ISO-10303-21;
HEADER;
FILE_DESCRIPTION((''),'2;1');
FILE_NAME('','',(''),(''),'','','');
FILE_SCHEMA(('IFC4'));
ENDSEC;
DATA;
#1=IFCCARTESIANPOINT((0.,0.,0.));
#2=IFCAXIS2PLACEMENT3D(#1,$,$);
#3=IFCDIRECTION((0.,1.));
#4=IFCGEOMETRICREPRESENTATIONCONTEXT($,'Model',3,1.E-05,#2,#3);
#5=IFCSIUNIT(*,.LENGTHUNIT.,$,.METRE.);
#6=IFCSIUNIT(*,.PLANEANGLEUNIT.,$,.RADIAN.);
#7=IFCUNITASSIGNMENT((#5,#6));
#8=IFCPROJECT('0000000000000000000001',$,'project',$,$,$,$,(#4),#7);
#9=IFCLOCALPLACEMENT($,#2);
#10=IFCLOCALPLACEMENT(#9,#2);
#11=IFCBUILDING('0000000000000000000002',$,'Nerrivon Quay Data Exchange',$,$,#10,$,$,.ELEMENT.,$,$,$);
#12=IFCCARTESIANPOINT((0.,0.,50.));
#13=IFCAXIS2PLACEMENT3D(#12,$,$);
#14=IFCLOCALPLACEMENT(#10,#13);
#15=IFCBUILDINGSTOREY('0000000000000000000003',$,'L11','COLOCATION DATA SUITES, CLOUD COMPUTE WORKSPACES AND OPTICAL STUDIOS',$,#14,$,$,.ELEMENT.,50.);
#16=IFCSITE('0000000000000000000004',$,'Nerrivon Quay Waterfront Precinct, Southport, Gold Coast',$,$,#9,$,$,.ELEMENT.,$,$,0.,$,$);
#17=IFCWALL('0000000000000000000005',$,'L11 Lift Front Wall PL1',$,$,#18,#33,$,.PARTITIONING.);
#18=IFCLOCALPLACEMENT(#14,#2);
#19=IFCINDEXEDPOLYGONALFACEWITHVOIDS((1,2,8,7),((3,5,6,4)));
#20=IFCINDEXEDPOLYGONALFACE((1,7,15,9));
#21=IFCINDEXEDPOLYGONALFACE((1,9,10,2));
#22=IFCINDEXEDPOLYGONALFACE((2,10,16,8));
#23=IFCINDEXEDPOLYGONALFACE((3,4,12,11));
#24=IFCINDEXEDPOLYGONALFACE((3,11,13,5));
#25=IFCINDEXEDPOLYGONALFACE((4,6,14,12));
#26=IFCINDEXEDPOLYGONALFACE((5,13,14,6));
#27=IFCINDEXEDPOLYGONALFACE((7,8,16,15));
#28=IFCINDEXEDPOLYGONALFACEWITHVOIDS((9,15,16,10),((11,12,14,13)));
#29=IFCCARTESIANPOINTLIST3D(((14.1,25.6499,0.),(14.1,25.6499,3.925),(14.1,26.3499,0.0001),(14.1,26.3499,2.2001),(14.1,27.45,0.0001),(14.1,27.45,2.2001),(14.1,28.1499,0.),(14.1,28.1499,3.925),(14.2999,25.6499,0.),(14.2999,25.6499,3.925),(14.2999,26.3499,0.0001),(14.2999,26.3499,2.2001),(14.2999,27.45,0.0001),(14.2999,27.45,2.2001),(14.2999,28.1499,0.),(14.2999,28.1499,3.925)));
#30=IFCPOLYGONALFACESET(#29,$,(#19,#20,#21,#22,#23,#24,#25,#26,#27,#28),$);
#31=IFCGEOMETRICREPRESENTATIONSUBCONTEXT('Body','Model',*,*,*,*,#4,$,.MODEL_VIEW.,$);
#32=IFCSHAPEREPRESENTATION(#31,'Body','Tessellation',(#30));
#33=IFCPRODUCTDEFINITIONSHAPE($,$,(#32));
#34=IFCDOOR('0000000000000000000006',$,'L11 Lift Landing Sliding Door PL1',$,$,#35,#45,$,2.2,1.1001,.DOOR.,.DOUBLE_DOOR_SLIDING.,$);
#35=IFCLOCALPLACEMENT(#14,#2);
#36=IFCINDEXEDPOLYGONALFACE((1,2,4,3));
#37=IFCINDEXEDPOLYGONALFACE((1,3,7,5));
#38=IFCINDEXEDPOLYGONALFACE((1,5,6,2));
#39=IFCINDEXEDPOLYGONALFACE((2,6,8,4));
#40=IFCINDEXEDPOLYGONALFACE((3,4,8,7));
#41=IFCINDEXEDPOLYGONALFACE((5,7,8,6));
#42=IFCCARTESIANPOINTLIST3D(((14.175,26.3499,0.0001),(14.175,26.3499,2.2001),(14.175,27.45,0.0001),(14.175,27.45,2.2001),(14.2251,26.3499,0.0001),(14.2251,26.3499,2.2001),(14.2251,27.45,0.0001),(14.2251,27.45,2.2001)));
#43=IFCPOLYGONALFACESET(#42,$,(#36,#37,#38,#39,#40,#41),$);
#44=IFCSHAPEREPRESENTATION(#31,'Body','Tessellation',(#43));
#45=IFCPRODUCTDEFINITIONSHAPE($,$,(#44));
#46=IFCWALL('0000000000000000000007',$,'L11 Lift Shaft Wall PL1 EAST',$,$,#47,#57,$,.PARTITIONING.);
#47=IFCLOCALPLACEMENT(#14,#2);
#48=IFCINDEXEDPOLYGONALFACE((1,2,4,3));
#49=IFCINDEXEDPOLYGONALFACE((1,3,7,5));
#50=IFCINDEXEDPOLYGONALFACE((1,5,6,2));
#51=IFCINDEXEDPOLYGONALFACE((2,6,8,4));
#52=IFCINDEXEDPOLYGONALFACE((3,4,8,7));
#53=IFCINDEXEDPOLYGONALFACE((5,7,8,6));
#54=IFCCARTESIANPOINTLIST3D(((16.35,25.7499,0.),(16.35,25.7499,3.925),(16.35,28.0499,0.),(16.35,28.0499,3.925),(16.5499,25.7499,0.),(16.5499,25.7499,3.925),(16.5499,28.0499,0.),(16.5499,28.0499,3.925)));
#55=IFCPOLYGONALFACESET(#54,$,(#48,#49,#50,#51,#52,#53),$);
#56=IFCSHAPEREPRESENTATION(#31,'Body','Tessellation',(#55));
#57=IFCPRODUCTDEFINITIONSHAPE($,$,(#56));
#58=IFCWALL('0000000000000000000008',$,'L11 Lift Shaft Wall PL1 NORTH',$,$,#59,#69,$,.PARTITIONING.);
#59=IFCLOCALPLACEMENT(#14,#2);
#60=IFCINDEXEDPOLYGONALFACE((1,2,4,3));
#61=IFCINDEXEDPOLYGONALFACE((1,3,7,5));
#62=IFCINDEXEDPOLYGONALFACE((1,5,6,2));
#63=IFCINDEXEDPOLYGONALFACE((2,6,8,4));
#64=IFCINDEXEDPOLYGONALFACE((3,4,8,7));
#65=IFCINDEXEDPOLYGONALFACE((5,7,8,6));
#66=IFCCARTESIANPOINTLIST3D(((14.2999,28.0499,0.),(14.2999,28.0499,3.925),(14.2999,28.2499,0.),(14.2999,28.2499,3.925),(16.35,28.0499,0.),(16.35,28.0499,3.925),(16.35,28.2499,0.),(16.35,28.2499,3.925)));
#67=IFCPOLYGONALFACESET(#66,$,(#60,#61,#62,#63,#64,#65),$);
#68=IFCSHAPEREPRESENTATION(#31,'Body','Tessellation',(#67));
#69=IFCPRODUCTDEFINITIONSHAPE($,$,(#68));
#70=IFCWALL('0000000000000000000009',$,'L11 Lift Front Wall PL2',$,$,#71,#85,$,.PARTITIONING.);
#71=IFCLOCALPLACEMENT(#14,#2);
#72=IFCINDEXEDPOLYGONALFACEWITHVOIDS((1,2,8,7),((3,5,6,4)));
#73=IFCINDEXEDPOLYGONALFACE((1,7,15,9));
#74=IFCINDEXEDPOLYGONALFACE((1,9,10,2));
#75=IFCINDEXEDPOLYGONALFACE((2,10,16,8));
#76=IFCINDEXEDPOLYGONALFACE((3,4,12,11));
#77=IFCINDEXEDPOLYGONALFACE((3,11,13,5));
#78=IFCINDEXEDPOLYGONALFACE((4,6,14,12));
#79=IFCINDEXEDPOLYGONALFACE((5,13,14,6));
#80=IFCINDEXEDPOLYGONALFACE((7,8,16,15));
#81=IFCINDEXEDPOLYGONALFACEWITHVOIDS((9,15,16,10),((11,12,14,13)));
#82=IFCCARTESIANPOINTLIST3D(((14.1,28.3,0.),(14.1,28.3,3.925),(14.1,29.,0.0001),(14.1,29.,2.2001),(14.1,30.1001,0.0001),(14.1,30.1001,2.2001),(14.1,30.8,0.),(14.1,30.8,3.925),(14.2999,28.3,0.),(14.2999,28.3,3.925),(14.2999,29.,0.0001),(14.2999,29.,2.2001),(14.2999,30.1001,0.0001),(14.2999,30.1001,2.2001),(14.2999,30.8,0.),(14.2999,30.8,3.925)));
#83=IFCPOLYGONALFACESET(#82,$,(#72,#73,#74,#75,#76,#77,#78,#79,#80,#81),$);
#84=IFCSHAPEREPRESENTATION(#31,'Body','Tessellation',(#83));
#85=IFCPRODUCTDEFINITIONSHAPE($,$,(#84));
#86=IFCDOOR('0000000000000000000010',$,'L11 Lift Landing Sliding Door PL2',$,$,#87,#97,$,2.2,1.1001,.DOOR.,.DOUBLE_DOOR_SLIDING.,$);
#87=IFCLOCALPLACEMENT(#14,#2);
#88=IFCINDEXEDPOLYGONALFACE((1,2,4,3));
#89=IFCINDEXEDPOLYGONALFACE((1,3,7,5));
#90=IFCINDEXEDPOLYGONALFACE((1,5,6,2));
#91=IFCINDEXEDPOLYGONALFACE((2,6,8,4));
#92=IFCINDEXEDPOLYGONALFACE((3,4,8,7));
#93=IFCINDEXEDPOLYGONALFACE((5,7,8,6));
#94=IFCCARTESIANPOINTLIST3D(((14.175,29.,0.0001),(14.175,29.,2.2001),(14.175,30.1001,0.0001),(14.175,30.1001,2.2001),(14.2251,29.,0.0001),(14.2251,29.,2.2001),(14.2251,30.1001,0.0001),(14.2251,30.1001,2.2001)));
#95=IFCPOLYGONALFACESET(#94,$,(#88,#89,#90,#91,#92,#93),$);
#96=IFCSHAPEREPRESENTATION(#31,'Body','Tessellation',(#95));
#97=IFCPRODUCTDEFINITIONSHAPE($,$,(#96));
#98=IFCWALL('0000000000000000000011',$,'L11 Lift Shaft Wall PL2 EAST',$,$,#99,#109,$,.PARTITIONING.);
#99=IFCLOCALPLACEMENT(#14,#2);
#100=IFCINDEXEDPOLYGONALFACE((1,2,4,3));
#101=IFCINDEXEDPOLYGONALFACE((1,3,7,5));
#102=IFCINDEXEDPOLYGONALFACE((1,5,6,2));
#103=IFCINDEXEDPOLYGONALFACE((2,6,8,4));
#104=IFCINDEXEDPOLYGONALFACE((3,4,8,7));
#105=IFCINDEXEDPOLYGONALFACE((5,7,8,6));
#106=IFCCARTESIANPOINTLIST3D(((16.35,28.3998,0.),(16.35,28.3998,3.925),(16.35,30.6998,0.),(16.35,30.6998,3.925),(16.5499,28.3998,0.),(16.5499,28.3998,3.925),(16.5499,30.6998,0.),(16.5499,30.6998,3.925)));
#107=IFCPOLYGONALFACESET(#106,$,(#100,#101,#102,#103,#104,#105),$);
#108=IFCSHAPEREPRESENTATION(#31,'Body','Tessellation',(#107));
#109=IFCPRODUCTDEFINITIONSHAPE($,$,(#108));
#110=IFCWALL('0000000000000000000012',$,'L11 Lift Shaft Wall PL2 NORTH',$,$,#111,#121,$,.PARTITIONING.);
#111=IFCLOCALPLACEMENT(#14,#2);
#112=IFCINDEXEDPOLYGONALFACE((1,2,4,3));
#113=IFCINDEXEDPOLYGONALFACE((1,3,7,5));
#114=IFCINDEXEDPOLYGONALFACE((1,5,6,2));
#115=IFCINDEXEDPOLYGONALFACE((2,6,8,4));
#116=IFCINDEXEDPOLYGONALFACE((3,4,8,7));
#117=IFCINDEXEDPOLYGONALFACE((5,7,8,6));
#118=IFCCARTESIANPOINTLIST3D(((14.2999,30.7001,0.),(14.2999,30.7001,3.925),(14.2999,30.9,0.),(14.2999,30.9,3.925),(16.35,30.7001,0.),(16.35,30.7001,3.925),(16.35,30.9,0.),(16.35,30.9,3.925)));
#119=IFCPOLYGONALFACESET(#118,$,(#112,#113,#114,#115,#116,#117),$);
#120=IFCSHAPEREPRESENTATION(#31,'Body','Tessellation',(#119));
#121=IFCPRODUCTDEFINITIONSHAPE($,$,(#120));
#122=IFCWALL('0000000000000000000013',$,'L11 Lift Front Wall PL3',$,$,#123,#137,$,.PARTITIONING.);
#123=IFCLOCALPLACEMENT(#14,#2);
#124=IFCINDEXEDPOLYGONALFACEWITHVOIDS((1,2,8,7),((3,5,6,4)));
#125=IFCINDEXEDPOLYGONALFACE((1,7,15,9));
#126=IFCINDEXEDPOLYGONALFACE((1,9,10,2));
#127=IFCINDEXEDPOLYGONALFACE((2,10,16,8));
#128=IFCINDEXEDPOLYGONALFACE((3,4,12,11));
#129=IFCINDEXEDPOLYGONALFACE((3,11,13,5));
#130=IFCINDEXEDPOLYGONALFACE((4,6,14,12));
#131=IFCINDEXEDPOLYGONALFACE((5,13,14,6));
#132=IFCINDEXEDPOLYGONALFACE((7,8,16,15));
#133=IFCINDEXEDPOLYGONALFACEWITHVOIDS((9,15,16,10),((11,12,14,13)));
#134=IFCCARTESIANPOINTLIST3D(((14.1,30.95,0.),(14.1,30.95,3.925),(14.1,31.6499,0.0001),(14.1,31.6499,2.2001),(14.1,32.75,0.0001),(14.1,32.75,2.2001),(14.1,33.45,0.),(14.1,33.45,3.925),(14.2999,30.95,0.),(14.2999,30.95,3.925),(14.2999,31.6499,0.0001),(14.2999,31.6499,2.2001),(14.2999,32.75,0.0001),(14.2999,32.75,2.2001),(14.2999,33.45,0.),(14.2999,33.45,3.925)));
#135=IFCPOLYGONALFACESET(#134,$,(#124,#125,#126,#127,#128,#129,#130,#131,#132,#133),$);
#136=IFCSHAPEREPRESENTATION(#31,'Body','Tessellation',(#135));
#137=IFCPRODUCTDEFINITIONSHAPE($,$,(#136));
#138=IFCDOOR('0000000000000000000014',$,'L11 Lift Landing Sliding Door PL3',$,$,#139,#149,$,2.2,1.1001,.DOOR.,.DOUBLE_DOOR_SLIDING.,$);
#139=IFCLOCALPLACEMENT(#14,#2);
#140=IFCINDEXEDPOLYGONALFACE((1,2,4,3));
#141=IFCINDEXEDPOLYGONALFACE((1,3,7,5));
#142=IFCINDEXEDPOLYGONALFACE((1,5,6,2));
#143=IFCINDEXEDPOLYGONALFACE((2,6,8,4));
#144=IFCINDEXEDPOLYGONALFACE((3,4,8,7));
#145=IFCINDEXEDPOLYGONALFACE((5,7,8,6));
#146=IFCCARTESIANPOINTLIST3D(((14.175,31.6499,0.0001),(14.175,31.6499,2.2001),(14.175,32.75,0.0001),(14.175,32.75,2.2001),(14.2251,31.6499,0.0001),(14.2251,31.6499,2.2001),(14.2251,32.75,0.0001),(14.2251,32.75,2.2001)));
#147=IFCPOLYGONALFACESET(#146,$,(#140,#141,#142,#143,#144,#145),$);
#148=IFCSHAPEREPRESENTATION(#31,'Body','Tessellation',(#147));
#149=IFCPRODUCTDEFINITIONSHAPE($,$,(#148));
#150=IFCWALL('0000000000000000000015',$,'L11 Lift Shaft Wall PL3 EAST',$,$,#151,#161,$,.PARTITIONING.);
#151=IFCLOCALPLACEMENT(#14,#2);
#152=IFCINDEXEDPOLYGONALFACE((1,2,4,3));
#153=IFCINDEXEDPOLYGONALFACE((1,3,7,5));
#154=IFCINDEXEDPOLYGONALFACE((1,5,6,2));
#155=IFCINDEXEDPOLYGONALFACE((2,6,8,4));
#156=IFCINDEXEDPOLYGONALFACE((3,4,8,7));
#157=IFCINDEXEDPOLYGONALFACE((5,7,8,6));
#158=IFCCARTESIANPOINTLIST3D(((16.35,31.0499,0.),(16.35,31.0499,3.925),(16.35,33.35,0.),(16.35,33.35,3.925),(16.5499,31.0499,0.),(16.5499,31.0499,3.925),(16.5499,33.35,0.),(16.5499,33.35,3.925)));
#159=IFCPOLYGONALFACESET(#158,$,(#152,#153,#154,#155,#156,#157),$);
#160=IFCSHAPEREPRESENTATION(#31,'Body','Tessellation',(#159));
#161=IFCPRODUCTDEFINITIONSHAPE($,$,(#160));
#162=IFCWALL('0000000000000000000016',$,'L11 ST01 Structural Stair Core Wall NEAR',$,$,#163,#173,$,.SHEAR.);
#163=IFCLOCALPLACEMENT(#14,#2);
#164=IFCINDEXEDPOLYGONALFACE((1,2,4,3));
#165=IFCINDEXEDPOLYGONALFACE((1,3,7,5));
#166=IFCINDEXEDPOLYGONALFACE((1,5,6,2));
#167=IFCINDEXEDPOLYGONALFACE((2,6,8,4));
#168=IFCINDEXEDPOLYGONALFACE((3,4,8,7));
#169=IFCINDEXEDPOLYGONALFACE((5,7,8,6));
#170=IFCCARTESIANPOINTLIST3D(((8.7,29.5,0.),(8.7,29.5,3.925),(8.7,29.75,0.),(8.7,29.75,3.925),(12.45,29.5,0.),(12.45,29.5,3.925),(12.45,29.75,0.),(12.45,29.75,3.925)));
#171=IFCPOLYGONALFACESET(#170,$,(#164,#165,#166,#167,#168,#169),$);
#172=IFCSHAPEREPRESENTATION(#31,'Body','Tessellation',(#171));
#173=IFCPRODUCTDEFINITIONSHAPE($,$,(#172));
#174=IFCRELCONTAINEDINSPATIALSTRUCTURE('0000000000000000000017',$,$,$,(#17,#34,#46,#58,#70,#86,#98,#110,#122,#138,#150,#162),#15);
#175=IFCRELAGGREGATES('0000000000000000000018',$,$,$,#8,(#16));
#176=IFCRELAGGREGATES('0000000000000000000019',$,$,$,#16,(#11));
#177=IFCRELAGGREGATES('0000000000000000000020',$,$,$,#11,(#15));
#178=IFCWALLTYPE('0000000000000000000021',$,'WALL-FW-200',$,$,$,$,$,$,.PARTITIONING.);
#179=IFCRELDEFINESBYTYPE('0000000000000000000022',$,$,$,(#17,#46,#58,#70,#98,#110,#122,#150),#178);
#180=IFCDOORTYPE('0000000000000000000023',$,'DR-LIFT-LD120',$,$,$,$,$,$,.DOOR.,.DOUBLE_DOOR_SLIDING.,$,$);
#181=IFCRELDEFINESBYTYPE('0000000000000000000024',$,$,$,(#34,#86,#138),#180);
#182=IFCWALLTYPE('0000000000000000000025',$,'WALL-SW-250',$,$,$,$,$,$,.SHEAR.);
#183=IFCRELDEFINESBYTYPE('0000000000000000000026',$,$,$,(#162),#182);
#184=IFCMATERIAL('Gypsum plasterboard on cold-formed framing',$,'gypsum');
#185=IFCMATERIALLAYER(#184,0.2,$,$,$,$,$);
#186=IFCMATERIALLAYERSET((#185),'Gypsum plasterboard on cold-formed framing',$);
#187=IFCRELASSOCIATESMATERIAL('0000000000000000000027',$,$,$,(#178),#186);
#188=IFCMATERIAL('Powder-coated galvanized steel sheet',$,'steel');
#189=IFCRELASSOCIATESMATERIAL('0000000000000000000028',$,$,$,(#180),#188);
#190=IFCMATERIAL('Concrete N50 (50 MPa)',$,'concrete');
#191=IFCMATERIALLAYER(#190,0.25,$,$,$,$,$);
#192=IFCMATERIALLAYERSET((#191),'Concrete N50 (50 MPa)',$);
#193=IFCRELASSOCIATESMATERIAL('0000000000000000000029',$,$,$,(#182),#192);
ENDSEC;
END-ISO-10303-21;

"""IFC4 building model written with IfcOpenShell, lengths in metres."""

from ifc_helpers import new_model, si_unit, direction, frame, frame_2d, origin, place, context, subcontext, project, spatial, rectangle, extrude, material, layer, layer_set, type_object, element, fill, save


model = new_model("IFC4")

# Units and contexts
model_context = context("Model", 3, precision=1e-05, world=origin(), true_north=direction((0.0, 1.0)))
body_context = subcontext(model_context, "Body", "Model", "MODEL_VIEW")
ifc_project = project(units=[si_unit("LENGTHUNIT", "METRE"), si_unit("PLANEANGLEUNIT", "RADIAN")], contexts=[model_context])

# Site, building, storey
site_placement = place(None, origin())
site = spatial("IfcSite", under=ifc_project, at=site_placement, Name="Nerrivon Quay Waterfront Precinct, Southport, Gold Coast", CompositionType="ELEMENT", RefElevation=0.0)
building_placement = place(site_placement, origin())
building = spatial("IfcBuilding", under=site, at=building_placement, Name="Nerrivon Quay Data Exchange", CompositionType="ELEMENT")
storey_placement = place(building_placement, frame((0.0, 0.0, 50.0)))
storey = spatial("IfcBuildingStorey", under=building, at=storey_placement, Name="L11", Description="COLOCATION DATA SUITES, CLOUD COMPUTE WORKSPACES AND OPTICAL STUDIOS", CompositionType="ELEMENT", Elevation=50.0)

# Shared definitions
ifc_material_1 = material(Name="Powder-coated galvanized steel sheet", Category="steel")
ifc_material_2 = material(Name="Gypsum plasterboard on cold-formed framing", Category="gypsum")
ifc_layer_1 = layer(ifc_material_2, 0.2)
ifc_layer_set_1 = layer_set([ifc_layer_1], Name="Gypsum plasterboard on cold-formed framing")
wall_type_1 = type_object("IfcWallType", Name="WALL-FW-200", PredefinedType="PARTITIONING", material=ifc_layer_set_1)
door_type_1 = type_object("IfcDoorType", Name="DR-LIFT-LD120", OperationType="DOUBLE_DOOR_SLIDING", PredefinedType="DOOR", material=ifc_material_1)

# Wall, opening, door
wall_1_placement = place(storey_placement, frame((14.2, 25.6499, 0.0), z_axis=(0.0, 0.0, 1.0), x_axis=(0.0, 1.0, 0.0)))
wall_1 = element("IfcWall", 1, at=wall_1_placement, inside=storey, type_object=wall_type_1, Name="L11 Lift Front Wall PL1", PredefinedType="PARTITIONING", context=body_context, shape_type="SweptSolid", body=[
    extrude(rectangle(XDim=2.5, YDim=0.2, at=frame_2d((1.25, 0.0))), origin(), (0.0, 0.0, 1.0), 3.925),
])
opening_1_placement = place(wall_1_placement, frame((0.7, 0.0, 0.0)))
opening_1 = element("IfcOpeningElement", 2, at=opening_1_placement, cuts=wall_1, PredefinedType="OPENING", context=body_context, shape_type="SweptSolid", body=[
    extrude(rectangle(XDim=1.1001, YDim=2.2, at=frame_2d((0.55, 1.1001))), frame((0.0, 0.1099, 0.0), z_axis=(0.0, -1.0, 0.0), x_axis=(1.0, 0.0, 0.0)), (0.0, 0.0, 1.0), 0.22),
])
door_1_placement = place(opening_1_placement, origin())
door_1 = element("IfcDoor", 3, at=door_1_placement, inside=storey, type_object=door_type_1, Name="L11 Lift Landing Sliding Door PL1", OperationType="DOUBLE_DOOR_SLIDING", OverallHeight=2.2, OverallWidth=1.1001, PredefinedType="DOOR", context=body_context, shape_type="SweptSolid", body=[
    extrude(rectangle(XDim=1.1001, YDim=2.2, at=frame_2d((0.55, 1.1001))), frame((0.0, 0.0249, 0.0), z_axis=(0.0, -1.0, 0.0), x_axis=(1.0, 0.0, 0.0)), (0.0, 0.0, 1.0), 0.05),
])
fill(opening_1, door_1)

# Walls
wall_2_placement = place(storey_placement, frame((16.45, 25.75, 0.0), z_axis=(0.0, 0.0, 1.0), x_axis=(0.0, 1.0, 0.0)))
element("IfcWall", 4, at=wall_2_placement, inside=storey, type_object=wall_type_1, Name="L11 Lift Shaft Wall PL1 EAST", PredefinedType="PARTITIONING", context=body_context, shape_type="SweptSolid", body=[
    extrude(rectangle(XDim=2.3, YDim=0.2, at=frame_2d((1.1499, 0.0))), origin(), (0.0, 0.0, 1.0), 3.925),
])
wall_3_placement = place(storey_placement, frame((14.3, 28.1499, 0.0), z_axis=(0.0, 0.0, 1.0), x_axis=(1.0, 0.0, 0.0)))
element("IfcWall", 5, at=wall_3_placement, inside=storey, type_object=wall_type_1, Name="L11 Lift Shaft Wall PL1 NORTH", PredefinedType="PARTITIONING", context=body_context, shape_type="SweptSolid", body=[
    extrude(rectangle(XDim=2.05, YDim=0.2, at=frame_2d((1.0249, 0.0))), origin(), (0.0, 0.0, 1.0), 3.925),
])

# Wall, opening, door
wall_4_placement = place(storey_placement, frame((14.2, 28.3, 0.0), z_axis=(0.0, 0.0, 1.0), x_axis=(0.0, 1.0, 0.0)))
wall_4 = element("IfcWall", 6, at=wall_4_placement, inside=storey, type_object=wall_type_1, Name="L11 Lift Front Wall PL2", PredefinedType="PARTITIONING", context=body_context, shape_type="SweptSolid", body=[
    extrude(rectangle(XDim=2.5, YDim=0.2, at=frame_2d((1.25, 0.0))), origin(), (0.0, 0.0, 1.0), 3.925),
])
opening_2_placement = place(wall_4_placement, frame((0.7, 0.0, 0.0)))
opening_2 = element("IfcOpeningElement", 7, at=opening_2_placement, cuts=wall_4, PredefinedType="OPENING", context=body_context, shape_type="SweptSolid", body=[
    extrude(rectangle(XDim=1.1001, YDim=2.2, at=frame_2d((0.55, 1.1001))), frame((0.0, 0.1099, 0.0), z_axis=(0.0, -1.0, 0.0), x_axis=(1.0, 0.0, 0.0)), (0.0, 0.0, 1.0), 0.22),
])
door_2_placement = place(opening_2_placement, origin())
door_2 = element("IfcDoor", 8, at=door_2_placement, inside=storey, type_object=door_type_1, Name="L11 Lift Landing Sliding Door PL2", OperationType="DOUBLE_DOOR_SLIDING", OverallHeight=2.2, OverallWidth=1.1001, PredefinedType="DOOR", context=body_context, shape_type="SweptSolid", body=[
    extrude(rectangle(XDim=1.1001, YDim=2.2, at=frame_2d((0.55, 1.1001))), frame((0.0, 0.0249, 0.0), z_axis=(0.0, -1.0, 0.0), x_axis=(1.0, 0.0, 0.0)), (0.0, 0.0, 1.0), 0.05),
])
fill(opening_2, door_2)

# Walls
wall_5_placement = place(storey_placement, frame((16.45, 28.3999, 0.0), z_axis=(0.0, 0.0, 1.0), x_axis=(0.0, 1.0, 0.0)))
element("IfcWall", 9, at=wall_5_placement, inside=storey, type_object=wall_type_1, Name="L11 Lift Shaft Wall PL2 EAST", PredefinedType="PARTITIONING", context=body_context, shape_type="SweptSolid", body=[
    extrude(rectangle(XDim=2.3, YDim=0.2, at=frame_2d((1.1499, 0.0))), origin(), (0.0, 0.0, 1.0), 3.925),
])
wall_6_placement = place(storey_placement, frame((14.3, 30.8, 0.0), z_axis=(0.0, 0.0, 1.0), x_axis=(1.0, 0.0, 0.0)))
element("IfcWall", 10, at=wall_6_placement, inside=storey, type_object=wall_type_1, Name="L11 Lift Shaft Wall PL2 NORTH", PredefinedType="PARTITIONING", context=body_context, shape_type="SweptSolid", body=[
    extrude(rectangle(XDim=2.05, YDim=0.2, at=frame_2d((1.0249, 0.0))), origin(), (0.0, 0.0, 1.0), 3.925),
])

# Wall, opening, door
wall_7_placement = place(storey_placement, frame((14.2, 30.95, 0.0), z_axis=(0.0, 0.0, 1.0), x_axis=(0.0, 1.0, 0.0)))
wall_7 = element("IfcWall", 11, at=wall_7_placement, inside=storey, type_object=wall_type_1, Name="L11 Lift Front Wall PL3", PredefinedType="PARTITIONING", context=body_context, shape_type="SweptSolid", body=[
    extrude(rectangle(XDim=2.5, YDim=0.2, at=frame_2d((1.25, 0.0))), origin(), (0.0, 0.0, 1.0), 3.925),
])
opening_3_placement = place(wall_7_placement, frame((0.7, 0.0, 0.0)))
opening_3 = element("IfcOpeningElement", 12, at=opening_3_placement, cuts=wall_7, PredefinedType="OPENING", context=body_context, shape_type="SweptSolid", body=[
    extrude(rectangle(XDim=1.1001, YDim=2.2, at=frame_2d((0.55, 1.1001))), frame((0.0, 0.1099, 0.0), z_axis=(0.0, -1.0, 0.0), x_axis=(1.0, 0.0, 0.0)), (0.0, 0.0, 1.0), 0.22),
])
door_3_placement = place(opening_3_placement, origin())
door_3 = element("IfcDoor", 13, at=door_3_placement, inside=storey, type_object=door_type_1, Name="L11 Lift Landing Sliding Door PL3", OperationType="DOUBLE_DOOR_SLIDING", OverallHeight=2.2, OverallWidth=1.1001, PredefinedType="DOOR", context=body_context, shape_type="SweptSolid", body=[
    extrude(rectangle(XDim=1.1001, YDim=2.2, at=frame_2d((0.55, 1.1001))), frame((0.0, 0.0249, 0.0), z_axis=(0.0, -1.0, 0.0), x_axis=(1.0, 0.0, 0.0)), (0.0, 0.0, 1.0), 0.05),
])
fill(opening_3, door_3)

# Walls
wall_8_placement = place(storey_placement, frame((16.45, 31.05, 0.0), z_axis=(0.0, 0.0, 1.0), x_axis=(0.0, 1.0, 0.0)))
element("IfcWall", 14, at=wall_8_placement, inside=storey, type_object=wall_type_1, Name="L11 Lift Shaft Wall PL3 EAST", PredefinedType="PARTITIONING", context=body_context, shape_type="SweptSolid", body=[
    extrude(rectangle(XDim=2.3, YDim=0.2, at=frame_2d((1.1499, 0.0))), origin(), (0.0, 0.0, 1.0), 3.925),
])
ifc_material_3 = material(Name="Concrete N50 (50 MPa)", Category="concrete")
ifc_layer_2 = layer(ifc_material_3, 0.25)
ifc_layer_set_2 = layer_set([ifc_layer_2], Name="Concrete N50 (50 MPa)")
wall_type_2 = type_object("IfcWallType", Name="WALL-SW-250", PredefinedType="SHEAR", material=ifc_layer_set_2)
wall_9_placement = place(storey_placement, frame((12.45, 29.625, 0.0), z_axis=(0.0, 0.0, 1.0), x_axis=(-1.0, 0.0, 0.0)))
element("IfcWall", 15, at=wall_9_placement, inside=storey, type_object=wall_type_2, Name="L11 ST01 Structural Stair Core Wall NEAR", PredefinedType="SHEAR", context=body_context, shape_type="SweptSolid", body=[
    extrude(rectangle(XDim=3.75, YDim=0.25, at=frame_2d((1.875, 0.0))), origin(), (0.0, 0.0, 1.0), 3.925),
])

save(model, "model.ifc")
